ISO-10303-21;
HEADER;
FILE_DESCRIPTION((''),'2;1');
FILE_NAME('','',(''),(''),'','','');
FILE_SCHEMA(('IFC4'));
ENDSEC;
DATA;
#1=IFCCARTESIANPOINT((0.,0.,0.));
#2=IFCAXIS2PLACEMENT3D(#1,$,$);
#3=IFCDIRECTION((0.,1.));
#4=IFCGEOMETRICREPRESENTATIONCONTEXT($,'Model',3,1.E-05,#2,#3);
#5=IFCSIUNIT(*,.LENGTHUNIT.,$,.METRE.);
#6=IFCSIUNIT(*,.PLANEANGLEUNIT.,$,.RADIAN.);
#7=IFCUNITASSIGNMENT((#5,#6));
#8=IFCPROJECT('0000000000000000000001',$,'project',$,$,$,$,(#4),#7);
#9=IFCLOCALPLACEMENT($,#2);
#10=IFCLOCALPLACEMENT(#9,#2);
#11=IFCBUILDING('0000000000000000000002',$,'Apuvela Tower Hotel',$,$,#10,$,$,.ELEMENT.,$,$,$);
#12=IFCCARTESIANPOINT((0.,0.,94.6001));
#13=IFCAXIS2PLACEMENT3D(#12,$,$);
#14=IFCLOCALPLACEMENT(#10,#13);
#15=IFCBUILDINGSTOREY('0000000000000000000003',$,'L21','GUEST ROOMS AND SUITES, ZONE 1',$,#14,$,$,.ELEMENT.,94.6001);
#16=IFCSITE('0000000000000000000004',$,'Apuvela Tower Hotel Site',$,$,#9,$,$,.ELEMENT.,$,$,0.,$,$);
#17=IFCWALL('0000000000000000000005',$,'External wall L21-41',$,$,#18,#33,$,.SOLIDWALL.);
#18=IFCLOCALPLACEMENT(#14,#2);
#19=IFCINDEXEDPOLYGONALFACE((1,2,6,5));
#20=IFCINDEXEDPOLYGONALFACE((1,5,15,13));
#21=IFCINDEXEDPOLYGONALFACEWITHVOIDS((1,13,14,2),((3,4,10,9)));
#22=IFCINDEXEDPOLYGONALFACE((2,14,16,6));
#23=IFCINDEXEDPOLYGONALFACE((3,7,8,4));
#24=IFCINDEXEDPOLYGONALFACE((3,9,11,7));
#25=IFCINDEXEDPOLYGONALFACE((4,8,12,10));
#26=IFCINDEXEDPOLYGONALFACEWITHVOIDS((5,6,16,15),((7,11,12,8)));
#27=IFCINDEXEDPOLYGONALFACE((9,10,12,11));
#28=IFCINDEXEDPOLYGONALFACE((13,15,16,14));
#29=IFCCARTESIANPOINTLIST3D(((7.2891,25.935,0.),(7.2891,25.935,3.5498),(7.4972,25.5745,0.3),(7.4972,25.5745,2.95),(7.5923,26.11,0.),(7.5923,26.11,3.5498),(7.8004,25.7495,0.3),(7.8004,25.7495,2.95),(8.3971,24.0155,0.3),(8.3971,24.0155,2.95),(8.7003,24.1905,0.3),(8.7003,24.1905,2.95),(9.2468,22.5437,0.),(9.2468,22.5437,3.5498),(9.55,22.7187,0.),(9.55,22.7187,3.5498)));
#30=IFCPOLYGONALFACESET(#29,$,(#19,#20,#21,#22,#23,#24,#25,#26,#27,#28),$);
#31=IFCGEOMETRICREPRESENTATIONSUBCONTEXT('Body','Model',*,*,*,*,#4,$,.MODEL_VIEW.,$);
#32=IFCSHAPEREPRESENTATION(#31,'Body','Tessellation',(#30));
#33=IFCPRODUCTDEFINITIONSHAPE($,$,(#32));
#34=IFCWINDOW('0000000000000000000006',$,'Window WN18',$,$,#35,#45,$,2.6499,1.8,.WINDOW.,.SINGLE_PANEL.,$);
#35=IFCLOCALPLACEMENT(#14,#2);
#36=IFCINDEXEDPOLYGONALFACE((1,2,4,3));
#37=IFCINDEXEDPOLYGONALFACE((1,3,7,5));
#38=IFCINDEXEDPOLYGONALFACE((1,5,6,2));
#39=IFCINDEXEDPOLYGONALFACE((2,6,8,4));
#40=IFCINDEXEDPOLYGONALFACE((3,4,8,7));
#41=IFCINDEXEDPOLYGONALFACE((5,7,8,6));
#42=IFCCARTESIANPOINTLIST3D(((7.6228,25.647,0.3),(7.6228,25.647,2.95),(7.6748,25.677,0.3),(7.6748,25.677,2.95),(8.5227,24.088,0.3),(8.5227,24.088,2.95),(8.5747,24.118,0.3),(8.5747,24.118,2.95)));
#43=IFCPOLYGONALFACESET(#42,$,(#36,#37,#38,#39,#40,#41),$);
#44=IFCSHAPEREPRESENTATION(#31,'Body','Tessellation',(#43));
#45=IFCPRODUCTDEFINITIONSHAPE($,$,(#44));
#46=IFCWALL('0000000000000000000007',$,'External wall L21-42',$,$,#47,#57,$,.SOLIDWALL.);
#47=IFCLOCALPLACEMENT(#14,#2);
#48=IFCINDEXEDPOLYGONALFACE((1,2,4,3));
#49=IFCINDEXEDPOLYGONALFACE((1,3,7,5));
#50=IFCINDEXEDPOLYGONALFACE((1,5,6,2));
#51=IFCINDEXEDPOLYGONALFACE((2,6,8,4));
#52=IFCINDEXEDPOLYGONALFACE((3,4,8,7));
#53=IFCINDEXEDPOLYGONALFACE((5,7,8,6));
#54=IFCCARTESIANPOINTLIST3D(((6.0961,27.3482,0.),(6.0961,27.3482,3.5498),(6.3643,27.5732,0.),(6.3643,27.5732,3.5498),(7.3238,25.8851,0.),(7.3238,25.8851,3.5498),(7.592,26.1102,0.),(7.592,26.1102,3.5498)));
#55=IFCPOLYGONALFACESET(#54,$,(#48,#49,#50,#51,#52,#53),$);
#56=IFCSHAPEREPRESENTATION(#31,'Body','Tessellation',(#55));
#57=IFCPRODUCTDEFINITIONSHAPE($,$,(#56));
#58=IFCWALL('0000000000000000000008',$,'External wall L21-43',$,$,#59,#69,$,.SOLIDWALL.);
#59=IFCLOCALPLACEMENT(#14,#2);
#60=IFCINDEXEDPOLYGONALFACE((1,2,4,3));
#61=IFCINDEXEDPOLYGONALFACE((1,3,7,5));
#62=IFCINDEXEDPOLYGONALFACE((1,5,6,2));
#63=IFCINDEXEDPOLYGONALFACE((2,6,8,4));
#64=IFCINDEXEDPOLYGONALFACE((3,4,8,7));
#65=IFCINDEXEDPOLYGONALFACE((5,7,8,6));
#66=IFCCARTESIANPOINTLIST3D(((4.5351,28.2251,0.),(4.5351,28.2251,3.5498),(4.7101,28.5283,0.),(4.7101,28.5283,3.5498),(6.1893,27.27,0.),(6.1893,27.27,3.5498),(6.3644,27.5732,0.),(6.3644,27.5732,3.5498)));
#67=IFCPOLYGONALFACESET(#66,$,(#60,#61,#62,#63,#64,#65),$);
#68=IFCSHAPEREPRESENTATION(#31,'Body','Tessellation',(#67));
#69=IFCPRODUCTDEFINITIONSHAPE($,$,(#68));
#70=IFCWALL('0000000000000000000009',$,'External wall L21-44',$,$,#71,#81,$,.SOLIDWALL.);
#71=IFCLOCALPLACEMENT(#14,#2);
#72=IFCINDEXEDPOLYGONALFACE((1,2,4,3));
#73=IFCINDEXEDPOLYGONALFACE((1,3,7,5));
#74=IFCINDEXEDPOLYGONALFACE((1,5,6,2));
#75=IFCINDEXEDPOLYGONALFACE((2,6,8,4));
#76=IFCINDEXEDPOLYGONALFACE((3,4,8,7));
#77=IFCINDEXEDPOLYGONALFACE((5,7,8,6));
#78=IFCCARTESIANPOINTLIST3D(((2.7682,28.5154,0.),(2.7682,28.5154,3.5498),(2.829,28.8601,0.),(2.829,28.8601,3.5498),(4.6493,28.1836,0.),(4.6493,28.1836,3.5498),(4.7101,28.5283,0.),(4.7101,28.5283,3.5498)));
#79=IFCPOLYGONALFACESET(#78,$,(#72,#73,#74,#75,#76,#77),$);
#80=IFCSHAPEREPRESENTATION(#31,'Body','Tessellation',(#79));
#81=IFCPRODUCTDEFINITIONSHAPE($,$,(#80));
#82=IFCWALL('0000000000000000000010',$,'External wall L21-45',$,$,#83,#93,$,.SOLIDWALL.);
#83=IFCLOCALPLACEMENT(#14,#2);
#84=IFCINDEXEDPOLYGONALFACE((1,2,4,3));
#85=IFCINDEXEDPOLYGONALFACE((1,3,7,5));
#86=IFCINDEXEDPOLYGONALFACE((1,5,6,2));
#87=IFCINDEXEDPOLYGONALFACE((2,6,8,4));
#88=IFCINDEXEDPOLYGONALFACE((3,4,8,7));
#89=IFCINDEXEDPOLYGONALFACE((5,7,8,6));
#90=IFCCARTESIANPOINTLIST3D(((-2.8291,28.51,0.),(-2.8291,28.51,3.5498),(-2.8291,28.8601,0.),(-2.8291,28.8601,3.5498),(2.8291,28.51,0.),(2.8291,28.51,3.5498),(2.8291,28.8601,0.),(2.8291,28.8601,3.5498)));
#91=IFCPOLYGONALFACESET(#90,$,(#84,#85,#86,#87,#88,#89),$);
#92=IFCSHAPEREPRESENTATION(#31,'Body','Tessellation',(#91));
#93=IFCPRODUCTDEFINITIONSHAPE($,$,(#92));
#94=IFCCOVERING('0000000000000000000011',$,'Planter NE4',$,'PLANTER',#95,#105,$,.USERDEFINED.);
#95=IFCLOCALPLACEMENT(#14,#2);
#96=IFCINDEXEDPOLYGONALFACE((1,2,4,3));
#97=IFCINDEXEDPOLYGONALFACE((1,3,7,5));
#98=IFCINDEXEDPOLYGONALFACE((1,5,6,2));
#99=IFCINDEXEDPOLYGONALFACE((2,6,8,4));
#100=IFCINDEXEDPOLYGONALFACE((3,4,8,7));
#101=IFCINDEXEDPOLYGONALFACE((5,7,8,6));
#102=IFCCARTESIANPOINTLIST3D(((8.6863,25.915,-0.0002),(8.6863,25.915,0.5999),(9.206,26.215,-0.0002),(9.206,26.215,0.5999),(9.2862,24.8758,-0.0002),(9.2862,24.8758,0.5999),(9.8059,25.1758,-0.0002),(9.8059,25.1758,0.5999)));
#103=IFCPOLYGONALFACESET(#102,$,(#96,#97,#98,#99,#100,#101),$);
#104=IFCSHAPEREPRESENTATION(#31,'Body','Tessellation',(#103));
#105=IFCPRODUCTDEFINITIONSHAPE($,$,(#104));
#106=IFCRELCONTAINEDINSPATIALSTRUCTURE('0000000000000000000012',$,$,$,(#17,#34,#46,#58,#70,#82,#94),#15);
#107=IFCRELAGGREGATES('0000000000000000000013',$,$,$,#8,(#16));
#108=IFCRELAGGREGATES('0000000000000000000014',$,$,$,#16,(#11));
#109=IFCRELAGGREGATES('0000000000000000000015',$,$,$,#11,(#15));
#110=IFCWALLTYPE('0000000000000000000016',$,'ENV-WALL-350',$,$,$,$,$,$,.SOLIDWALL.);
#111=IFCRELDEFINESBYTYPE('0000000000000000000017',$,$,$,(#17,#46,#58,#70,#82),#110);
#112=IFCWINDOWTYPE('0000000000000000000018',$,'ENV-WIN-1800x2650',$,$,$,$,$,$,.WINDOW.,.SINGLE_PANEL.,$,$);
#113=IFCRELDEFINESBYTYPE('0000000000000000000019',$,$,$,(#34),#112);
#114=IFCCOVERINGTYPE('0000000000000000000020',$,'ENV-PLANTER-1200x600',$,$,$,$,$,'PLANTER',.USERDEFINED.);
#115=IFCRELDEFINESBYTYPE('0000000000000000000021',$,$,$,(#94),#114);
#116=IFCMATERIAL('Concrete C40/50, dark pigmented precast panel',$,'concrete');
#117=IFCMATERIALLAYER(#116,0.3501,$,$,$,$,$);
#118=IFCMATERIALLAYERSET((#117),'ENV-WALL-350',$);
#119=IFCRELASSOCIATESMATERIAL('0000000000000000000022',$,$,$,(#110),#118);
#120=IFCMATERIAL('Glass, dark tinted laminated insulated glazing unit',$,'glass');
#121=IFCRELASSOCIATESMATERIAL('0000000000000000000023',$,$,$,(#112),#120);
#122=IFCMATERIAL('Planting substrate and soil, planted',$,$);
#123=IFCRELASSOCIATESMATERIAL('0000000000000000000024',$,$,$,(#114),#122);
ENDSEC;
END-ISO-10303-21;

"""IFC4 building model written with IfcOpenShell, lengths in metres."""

from ifc_helpers import new_model, si_unit, direction, frame, frame_2d, origin, origin_2d, place, context, subcontext, project, spatial, rectangle, extrude, material, layer, layer_set, type_object, element, fill, save


model = new_model("IFC4")

# Units and contexts
model_context = context("Model", 3, precision=1e-05, world=origin(), true_north=direction((0.0, 1.0)))
body_context = subcontext(model_context, "Body", "Model", "MODEL_VIEW")
ifc_project = project(units=[si_unit("LENGTHUNIT", "METRE"), si_unit("PLANEANGLEUNIT", "RADIAN")], contexts=[model_context])

# Site, building, storey
site_placement = place(None, origin())
site = spatial("IfcSite", under=ifc_project, at=site_placement, Name="Apuvela Tower Hotel Site", CompositionType="ELEMENT", RefElevation=0.0)
building_placement = place(site_placement, origin())
building = spatial("IfcBuilding", under=site, at=building_placement, Name="Apuvela Tower Hotel", CompositionType="ELEMENT")
storey_placement = place(building_placement, frame((0.0, 0.0, 94.6001)))
storey = spatial("IfcBuildingStorey", under=building, at=storey_placement, Name="L21", Description="GUEST ROOMS AND SUITES, ZONE 1", CompositionType="ELEMENT", Elevation=94.6001)

# Shared definitions
ifc_material_1 = material(Name="Concrete C40/50, dark pigmented precast panel", Category="concrete")
ifc_layer_1 = layer(ifc_material_1, 0.3501)
ifc_layer_set_1 = layer_set([ifc_layer_1], Name="ENV-WALL-350")
wall_type_1 = type_object("IfcWallType", Name="ENV-WALL-350", PredefinedType="SOLIDWALL", material=ifc_layer_set_1)

# Wall, opening, window
wall_1_placement = place(storey_placement, frame((9.3984, 22.6311, 0.0), z_axis=(0.0, 0.0, 1.0), x_axis=(-0.499955, 0.866052, 0.0)))
wall_1 = element("IfcWall", 1, at=wall_1_placement, inside=storey, type_object=wall_type_1, Name="External wall L21-41", PredefinedType="SOLIDWALL", context=body_context, shape_type="SweptSolid", body=[
    extrude(rectangle(XDim=3.9158, YDim=0.3501, at=frame_2d((1.958, 0.0))), origin(), (0.0, 0.0, 1.0), 3.5498),
])
opening_placement = place(wall_1_placement, frame((1.6997, 0.0, 0.3)))
opening = element("IfcOpeningElement", 2, at=opening_placement, cuts=wall_1, PredefinedType="OPENING", context=body_context, shape_type="SweptSolid", body=[
    extrude(rectangle(XDim=1.8, YDim=2.6499, at=frame_2d((0.8999, 1.325))), frame((0.0, 0.1851, 0.0), z_axis=(0.0, -1.0, 0.0), x_axis=(1.0, 0.0, 0.0)), (0.0, 0.0, 1.0), 0.3701),
])
ifc_material_2 = material(Name="Glass, dark tinted laminated insulated glazing unit", Category="glass")
window_type = type_object("IfcWindowType", Name="ENV-WIN-1800x2650", PartitioningType="SINGLE_PANEL", PredefinedType="WINDOW", material=ifc_material_2)
window_placement = place(opening_placement, origin())
window = element("IfcWindow", 3, at=window_placement, inside=storey, type_object=window_type, Name="Window WN18", OverallHeight=2.6499, OverallWidth=1.8, PartitioningType="SINGLE_PANEL", PredefinedType="WINDOW", context=body_context, shape_type="SweptSolid", body=[
    extrude(rectangle(XDim=1.8, YDim=2.6499, at=frame_2d((0.8999, 1.325))), frame((0.0, 0.03, 0.0), z_axis=(0.0, -1.0, 0.0), x_axis=(1.0, 0.0, 0.0)), (0.0, 0.0, 1.0), 0.0601),
])
fill(opening, window)

# Walls
wall_2_placement = place(storey_placement, frame((7.458, 25.9976, 0.0), z_axis=(0.0, 0.0, 1.0), x_axis=(-0.642808, 0.766027, 0.0)))
element("IfcWall", 4, at=wall_2_placement, inside=storey, type_object=wall_type_1, Name="External wall L21-42", PredefinedType="SOLIDWALL", context=body_context, shape_type="SweptSolid", body=[
    extrude(rectangle(XDim=1.9099, YDim=0.3501, at=frame_2d((0.9551, 0.0))), origin(), (0.0, 0.0, 1.0), 3.5498),
])
for number, where, z_axis, x_axis, name in (
    (5, (6.2769, 27.4216, 0.0), (0.0, 0.0, 1.0), (-0.866032, 0.499988, 0.0), "External wall L21-43"),
    (6, (4.6797, 28.356, 0.0), (0.0, 0.0, 1.0), (-0.984799, 0.173698, 0.0), "External wall L21-44"),
):
    element("IfcWall", number, at=place(storey_placement, frame(where, z_axis=z_axis, x_axis=x_axis)), inside=storey, type_object=wall_type_1, Name=name, PredefinedType="SOLIDWALL", context=body_context, shape_type="SweptSolid", body=[
        extrude(rectangle(XDim=1.9102, YDim=0.3501, at=frame_2d((0.9551, 0.0))), origin(), (0.0, 0.0, 1.0), 3.5498),
    ])
wall_3_placement = place(storey_placement, frame((2.8291, 28.6851, 0.0), z_axis=(0.0, 0.0, 1.0), x_axis=(-1.0, 0.0, 0.0)))
element("IfcWall", 7, at=wall_3_placement, inside=storey, type_object=wall_type_1, Name="External wall L21-45", PredefinedType="SOLIDWALL", context=body_context, shape_type="SweptSolid", body=[
    extrude(rectangle(XDim=5.6582, YDim=0.3501, at=frame_2d((2.8291, 0.0))), origin(), (0.0, 0.0, 1.0), 3.5498),
])

# Covering
ifc_material_3 = material(Name="Planting substrate and soil, planted")
covering_type = type_object("IfcCoveringType", Name="ENV-PLANTER-1200x600", ElementType="PLANTER", PredefinedType="USERDEFINED", material=ifc_material_3)
covering_placement = place(storey_placement, frame((9.2461, 25.5454, -0.0002), z_axis=(0.0, 0.0, 1.0), x_axis=(-0.5, 0.866025, 0.0)))
element("IfcCovering", 8, at=covering_placement, inside=storey, type_object=covering_type, Name="Planter NE4", ObjectType="PLANTER", PredefinedType="USERDEFINED", context=body_context, shape_type="SweptSolid", body=[
    extrude(rectangle(XDim=1.2, YDim=0.6001, at=origin_2d()), origin(), (0.0, 0.0, 1.0), 0.6001),
])

save(model, "model.ifc")
